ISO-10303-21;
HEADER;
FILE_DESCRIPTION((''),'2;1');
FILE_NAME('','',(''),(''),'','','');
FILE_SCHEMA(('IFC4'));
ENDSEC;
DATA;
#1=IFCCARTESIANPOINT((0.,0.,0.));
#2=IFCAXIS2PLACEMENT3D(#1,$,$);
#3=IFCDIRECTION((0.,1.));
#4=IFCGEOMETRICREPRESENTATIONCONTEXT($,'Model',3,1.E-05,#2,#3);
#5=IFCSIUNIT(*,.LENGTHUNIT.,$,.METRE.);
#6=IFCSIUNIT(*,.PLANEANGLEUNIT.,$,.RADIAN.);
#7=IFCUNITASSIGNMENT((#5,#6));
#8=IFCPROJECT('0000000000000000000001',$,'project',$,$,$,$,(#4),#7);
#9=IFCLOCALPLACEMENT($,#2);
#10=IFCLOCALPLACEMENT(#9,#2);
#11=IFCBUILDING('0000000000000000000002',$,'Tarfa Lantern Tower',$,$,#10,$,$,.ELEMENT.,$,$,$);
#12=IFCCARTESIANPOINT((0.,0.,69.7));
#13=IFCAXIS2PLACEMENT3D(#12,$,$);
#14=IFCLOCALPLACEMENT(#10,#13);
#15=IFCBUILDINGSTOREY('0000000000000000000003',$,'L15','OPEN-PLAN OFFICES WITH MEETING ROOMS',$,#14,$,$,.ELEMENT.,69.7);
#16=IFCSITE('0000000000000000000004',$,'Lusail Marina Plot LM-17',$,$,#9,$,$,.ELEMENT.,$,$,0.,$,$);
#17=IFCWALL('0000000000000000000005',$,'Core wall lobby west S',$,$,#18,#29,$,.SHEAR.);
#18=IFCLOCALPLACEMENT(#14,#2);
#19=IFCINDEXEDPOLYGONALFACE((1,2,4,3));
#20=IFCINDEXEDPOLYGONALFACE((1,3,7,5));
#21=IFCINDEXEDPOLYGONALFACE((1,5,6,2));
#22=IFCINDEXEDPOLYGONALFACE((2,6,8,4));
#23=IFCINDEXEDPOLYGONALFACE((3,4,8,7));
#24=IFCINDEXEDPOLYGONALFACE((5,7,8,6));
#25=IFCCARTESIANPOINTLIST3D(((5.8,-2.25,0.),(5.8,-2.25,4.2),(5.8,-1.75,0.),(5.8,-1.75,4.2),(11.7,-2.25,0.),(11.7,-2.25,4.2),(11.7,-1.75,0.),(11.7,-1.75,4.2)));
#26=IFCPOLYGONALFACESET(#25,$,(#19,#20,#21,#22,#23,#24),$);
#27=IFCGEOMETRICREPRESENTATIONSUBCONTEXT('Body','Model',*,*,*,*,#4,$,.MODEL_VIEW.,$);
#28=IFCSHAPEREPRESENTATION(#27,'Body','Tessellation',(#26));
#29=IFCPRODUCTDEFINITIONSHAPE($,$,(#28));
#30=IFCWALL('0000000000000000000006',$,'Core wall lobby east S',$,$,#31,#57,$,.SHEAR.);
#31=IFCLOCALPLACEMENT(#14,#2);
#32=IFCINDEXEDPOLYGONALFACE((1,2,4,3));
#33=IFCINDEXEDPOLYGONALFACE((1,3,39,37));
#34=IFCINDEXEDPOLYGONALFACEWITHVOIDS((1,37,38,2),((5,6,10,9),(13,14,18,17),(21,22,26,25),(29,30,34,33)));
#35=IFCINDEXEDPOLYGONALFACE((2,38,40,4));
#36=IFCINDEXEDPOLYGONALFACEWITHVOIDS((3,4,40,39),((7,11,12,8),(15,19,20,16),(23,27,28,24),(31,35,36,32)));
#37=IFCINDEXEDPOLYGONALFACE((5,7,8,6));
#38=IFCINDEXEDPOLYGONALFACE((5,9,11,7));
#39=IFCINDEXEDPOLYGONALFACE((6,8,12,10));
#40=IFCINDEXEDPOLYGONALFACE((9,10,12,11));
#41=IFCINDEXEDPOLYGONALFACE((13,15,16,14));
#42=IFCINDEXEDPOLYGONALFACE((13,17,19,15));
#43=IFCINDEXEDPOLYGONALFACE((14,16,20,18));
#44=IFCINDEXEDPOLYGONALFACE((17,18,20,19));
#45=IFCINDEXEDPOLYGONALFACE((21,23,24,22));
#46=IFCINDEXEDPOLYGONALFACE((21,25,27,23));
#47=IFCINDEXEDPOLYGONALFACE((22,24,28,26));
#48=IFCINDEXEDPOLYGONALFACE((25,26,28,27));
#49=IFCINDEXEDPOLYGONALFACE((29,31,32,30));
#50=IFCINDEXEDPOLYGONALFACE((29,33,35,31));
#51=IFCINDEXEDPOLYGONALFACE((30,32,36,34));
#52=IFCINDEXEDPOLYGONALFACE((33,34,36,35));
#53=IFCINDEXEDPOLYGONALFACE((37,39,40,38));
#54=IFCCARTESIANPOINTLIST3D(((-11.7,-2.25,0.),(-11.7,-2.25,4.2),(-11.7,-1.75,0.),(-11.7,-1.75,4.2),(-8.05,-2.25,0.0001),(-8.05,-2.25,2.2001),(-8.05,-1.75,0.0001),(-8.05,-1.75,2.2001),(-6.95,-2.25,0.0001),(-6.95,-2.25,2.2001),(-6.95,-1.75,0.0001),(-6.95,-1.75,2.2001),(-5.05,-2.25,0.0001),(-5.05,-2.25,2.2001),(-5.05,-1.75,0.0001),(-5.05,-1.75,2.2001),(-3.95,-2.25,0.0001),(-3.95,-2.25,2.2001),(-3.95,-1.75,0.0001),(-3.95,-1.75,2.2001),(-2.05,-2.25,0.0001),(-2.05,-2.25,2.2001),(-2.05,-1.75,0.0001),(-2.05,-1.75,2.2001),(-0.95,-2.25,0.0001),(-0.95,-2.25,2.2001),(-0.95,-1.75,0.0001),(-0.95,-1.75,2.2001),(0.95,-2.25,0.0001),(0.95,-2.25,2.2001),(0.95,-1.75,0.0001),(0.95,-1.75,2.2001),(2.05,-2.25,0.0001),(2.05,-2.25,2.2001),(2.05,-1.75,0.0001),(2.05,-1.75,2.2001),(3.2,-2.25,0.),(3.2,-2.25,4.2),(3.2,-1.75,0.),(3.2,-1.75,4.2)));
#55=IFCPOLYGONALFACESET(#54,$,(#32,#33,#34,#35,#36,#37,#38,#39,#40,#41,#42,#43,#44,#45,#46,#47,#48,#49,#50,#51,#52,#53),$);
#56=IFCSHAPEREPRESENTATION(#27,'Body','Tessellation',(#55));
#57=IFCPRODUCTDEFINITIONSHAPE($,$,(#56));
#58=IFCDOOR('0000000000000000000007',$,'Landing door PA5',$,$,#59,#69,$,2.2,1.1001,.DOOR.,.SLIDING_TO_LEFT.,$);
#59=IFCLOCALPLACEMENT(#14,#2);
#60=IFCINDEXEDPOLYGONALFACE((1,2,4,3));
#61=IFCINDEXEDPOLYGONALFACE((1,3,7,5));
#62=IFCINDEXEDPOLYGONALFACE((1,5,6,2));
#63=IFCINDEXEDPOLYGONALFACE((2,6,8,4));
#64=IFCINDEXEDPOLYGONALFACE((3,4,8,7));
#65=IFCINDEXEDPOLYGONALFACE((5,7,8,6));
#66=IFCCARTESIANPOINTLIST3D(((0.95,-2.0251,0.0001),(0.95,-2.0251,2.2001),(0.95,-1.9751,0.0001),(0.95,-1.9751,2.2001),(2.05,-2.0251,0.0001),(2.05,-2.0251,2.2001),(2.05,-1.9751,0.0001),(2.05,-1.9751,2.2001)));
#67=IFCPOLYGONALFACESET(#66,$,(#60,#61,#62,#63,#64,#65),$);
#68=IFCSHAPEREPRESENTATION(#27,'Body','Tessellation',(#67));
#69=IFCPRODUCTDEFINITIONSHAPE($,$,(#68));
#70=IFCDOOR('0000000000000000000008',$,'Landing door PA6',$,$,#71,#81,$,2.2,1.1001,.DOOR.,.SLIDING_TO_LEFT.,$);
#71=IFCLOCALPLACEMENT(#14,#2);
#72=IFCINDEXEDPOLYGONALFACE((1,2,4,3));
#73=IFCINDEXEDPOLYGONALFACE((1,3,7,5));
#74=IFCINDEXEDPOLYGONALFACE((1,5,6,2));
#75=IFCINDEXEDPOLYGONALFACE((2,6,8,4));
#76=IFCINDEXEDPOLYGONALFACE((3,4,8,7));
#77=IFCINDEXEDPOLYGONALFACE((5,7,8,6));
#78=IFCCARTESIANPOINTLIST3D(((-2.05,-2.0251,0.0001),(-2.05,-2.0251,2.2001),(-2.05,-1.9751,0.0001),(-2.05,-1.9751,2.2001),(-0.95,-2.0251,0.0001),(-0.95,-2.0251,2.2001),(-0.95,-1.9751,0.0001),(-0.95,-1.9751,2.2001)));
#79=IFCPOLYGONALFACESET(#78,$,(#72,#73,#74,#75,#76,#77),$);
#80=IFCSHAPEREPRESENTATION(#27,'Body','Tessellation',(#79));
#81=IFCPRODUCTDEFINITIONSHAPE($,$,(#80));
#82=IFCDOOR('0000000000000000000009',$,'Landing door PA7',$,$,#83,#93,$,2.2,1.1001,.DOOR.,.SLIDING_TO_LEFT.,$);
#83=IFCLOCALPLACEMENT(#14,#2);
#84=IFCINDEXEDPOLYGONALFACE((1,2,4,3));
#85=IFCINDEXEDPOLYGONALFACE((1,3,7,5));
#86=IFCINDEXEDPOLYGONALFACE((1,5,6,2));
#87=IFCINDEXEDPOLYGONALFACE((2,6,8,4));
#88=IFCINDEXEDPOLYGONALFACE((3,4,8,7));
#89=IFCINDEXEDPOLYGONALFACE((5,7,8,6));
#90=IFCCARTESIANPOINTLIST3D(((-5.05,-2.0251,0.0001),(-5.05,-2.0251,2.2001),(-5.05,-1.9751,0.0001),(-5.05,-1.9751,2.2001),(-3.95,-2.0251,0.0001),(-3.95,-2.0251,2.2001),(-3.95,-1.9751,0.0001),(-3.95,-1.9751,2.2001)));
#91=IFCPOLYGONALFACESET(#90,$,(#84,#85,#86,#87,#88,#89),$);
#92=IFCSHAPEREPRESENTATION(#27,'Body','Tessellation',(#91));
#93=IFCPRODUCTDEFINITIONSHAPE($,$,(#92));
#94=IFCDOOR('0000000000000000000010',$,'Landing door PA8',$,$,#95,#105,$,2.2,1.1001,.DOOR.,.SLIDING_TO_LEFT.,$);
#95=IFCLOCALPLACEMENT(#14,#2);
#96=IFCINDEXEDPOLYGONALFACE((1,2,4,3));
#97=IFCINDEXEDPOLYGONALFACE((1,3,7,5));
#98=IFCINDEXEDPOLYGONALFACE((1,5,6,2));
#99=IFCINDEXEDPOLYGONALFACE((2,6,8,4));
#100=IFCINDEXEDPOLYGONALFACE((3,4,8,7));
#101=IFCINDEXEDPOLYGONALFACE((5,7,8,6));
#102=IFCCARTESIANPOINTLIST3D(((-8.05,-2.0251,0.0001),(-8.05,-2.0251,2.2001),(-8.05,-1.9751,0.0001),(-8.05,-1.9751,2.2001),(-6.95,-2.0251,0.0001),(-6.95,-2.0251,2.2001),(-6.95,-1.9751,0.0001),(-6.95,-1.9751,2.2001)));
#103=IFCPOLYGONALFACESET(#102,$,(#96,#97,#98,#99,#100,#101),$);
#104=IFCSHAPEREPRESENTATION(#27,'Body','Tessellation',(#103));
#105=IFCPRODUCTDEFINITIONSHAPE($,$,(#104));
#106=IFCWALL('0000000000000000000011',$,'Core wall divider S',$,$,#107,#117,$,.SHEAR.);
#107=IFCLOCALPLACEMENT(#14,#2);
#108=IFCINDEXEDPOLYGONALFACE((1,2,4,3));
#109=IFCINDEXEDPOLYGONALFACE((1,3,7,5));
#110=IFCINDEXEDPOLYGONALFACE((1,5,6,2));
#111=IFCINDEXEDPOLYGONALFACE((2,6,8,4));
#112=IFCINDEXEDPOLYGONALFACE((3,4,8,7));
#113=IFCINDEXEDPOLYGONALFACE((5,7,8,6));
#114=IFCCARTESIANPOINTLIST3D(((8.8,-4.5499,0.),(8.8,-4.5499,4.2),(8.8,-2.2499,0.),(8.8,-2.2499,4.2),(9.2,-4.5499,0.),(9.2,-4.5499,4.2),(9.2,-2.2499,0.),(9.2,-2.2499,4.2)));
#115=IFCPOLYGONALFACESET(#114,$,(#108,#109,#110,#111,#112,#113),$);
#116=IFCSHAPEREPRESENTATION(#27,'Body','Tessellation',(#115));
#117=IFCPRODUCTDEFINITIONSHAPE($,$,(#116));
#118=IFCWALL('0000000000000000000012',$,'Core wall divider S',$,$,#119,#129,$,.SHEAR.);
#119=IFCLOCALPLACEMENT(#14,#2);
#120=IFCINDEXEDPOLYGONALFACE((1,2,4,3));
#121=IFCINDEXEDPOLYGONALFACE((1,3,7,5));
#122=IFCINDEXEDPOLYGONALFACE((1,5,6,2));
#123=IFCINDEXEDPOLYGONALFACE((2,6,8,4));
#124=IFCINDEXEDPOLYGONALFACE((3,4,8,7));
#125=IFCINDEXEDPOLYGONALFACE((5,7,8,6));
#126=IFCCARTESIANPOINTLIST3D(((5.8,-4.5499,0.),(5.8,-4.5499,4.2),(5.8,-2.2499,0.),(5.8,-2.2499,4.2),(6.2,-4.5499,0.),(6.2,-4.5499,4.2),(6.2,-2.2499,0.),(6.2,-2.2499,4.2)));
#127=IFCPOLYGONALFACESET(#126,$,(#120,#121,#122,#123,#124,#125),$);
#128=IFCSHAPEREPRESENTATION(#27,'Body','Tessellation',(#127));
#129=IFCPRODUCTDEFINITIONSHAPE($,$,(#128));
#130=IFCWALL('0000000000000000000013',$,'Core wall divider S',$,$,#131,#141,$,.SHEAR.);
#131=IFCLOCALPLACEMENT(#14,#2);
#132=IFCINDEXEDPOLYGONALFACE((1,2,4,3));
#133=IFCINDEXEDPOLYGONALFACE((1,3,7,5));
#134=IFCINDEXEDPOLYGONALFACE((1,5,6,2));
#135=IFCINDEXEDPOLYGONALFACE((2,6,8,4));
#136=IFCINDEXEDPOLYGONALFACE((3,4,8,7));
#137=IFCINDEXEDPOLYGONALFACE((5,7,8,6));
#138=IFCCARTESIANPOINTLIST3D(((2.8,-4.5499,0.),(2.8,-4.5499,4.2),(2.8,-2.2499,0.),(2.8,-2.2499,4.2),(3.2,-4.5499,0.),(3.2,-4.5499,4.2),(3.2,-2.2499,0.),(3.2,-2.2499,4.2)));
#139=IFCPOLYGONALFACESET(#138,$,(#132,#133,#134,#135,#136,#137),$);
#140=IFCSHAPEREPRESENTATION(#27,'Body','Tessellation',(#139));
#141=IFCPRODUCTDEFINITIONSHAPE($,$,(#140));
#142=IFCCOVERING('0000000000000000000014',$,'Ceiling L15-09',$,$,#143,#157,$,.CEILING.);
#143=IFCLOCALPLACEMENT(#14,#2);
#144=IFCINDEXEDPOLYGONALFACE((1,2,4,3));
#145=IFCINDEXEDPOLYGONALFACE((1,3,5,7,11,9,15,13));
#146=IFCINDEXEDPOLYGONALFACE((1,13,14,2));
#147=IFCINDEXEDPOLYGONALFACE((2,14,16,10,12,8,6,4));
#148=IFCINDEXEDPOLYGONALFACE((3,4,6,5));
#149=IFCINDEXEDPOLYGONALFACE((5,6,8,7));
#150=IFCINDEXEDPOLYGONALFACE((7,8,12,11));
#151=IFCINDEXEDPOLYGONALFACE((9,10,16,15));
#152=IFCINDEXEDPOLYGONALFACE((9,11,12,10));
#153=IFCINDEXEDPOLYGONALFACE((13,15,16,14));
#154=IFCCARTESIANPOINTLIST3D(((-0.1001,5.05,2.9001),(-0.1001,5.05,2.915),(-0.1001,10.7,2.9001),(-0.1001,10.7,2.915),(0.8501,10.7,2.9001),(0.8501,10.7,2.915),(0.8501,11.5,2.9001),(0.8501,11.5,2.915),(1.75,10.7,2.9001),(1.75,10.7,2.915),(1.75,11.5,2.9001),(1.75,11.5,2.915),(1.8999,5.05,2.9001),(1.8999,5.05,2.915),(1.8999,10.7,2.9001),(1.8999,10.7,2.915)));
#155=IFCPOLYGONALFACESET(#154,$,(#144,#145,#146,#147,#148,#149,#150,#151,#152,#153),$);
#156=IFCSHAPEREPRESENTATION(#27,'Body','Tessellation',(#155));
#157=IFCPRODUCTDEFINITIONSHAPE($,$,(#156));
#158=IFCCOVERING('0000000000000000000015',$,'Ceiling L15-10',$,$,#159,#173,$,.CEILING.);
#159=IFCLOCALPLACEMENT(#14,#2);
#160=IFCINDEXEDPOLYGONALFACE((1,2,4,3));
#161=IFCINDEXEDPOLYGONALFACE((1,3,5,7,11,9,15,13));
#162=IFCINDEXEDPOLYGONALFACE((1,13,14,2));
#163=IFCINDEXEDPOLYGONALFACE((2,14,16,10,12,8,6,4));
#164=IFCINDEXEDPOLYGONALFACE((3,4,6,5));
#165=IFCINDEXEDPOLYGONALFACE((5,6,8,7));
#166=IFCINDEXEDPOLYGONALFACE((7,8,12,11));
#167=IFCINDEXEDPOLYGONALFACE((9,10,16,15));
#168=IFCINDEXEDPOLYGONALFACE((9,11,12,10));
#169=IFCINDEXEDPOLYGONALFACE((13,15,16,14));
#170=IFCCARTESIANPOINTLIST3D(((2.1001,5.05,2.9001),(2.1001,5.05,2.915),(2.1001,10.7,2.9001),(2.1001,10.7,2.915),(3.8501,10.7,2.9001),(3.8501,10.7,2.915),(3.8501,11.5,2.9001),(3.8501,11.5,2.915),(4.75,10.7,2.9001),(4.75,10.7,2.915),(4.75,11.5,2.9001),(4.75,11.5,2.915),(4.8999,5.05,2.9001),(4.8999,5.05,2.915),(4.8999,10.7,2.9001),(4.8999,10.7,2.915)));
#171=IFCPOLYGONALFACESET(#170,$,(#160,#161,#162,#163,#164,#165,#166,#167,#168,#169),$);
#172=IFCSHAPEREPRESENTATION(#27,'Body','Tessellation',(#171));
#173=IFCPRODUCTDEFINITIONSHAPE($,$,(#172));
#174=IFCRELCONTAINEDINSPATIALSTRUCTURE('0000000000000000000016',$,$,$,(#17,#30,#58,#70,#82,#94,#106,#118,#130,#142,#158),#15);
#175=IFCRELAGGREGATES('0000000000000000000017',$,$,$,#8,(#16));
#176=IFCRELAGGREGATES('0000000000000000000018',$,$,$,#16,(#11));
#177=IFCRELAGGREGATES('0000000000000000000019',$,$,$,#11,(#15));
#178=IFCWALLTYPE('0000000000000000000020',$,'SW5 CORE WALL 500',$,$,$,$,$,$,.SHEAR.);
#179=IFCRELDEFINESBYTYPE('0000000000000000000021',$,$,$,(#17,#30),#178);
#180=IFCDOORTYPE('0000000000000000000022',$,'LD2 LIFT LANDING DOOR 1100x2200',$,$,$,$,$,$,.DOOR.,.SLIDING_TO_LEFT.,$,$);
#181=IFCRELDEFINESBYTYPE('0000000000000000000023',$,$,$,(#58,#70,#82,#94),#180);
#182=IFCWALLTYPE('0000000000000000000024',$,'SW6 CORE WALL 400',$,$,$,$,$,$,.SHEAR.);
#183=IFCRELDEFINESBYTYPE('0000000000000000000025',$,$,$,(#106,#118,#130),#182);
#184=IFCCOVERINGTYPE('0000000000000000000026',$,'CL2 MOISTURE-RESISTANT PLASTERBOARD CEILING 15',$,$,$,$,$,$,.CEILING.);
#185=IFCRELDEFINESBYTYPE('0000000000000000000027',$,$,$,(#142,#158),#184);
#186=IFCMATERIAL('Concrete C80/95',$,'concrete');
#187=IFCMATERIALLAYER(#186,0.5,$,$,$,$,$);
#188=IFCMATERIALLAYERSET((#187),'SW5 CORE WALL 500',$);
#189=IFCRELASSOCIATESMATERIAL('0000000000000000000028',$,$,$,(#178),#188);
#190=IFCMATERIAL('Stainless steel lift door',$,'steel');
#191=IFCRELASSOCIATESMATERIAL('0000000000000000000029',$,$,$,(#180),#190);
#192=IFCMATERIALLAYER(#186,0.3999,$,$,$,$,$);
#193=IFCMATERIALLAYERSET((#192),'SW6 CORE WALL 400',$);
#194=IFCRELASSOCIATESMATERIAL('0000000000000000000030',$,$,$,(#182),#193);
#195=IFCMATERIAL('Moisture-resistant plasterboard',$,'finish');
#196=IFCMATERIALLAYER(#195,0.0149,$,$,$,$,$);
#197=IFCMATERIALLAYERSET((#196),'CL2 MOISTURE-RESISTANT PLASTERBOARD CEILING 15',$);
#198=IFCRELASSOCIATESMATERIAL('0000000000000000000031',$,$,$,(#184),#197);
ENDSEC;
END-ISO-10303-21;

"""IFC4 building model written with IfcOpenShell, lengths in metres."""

from ifc_helpers import new_model, si_unit, direction, frame, frame_2d, origin, place, context, subcontext, project, spatial, polyline, rectangle, outline, extrude, material, layer, layer_set, type_object, element, fill, save


model = new_model("IFC4")

# Units and contexts
model_context = context("Model", 3, precision=1e-05, world=origin(), true_north=direction((0.0, 1.0)))
body_context = subcontext(model_context, "Body", "Model", "MODEL_VIEW")
ifc_project = project(units=[si_unit("LENGTHUNIT", "METRE"), si_unit("PLANEANGLEUNIT", "RADIAN")], contexts=[model_context])

# Site, building, storey
site_placement = place(None, origin())
site = spatial("IfcSite", under=ifc_project, at=site_placement, Name="Lusail Marina Plot LM-17", CompositionType="ELEMENT", RefElevation=0.0)
building_placement = place(site_placement, origin())
building = spatial("IfcBuilding", under=site, at=building_placement, Name="Tarfa Lantern Tower", CompositionType="ELEMENT")
storey_placement = place(building_placement, frame((0.0, 0.0, 69.7)))
storey = spatial("IfcBuildingStorey", under=building, at=storey_placement, Name="L15", Description="OPEN-PLAN OFFICES WITH MEETING ROOMS", CompositionType="ELEMENT", Elevation=69.7)

# Wall
ifc_material_1 = material(Name="Concrete C80/95", Category="concrete")
ifc_layer_1 = layer(ifc_material_1, 0.5)
ifc_layer_set_1 = layer_set([ifc_layer_1], Name="SW5 CORE WALL 500")
wall_type_1 = type_object("IfcWallType", Name="SW5 CORE WALL 500", PredefinedType="SHEAR", material=ifc_layer_set_1)
wall_1_placement = place(storey_placement, frame((11.7, -2.0, 0.0), z_axis=(0.0, 0.0, 1.0), x_axis=(-1.0, 0.0, 0.0)))
element("IfcWall", 1, at=wall_1_placement, inside=storey, type_object=wall_type_1, Name="Core wall lobby west S", PredefinedType="SHEAR", context=body_context, shape_type="SweptSolid", body=[
    extrude(rectangle(XDim=5.8999, YDim=0.5, at=frame_2d((2.95, 0.0))), origin(), (0.0, 0.0, 1.0), 4.2),
])

# Wall, openings, doors
wall_2_placement = place(storey_placement, frame((3.2, -2.0, 0.0), z_axis=(0.0, 0.0, 1.0), x_axis=(-1.0, 0.0, 0.0)))
wall_2 = element("IfcWall", 2, at=wall_2_placement, inside=storey, type_object=wall_type_1, Name="Core wall lobby east S", PredefinedType="SHEAR", context=body_context, shape_type="SweptSolid", body=[
    extrude(rectangle(XDim=14.8999, YDim=0.5, at=frame_2d((7.45, 0.0))), origin(), (0.0, 0.0, 1.0), 4.2),
])
opening_1_placement = place(wall_2_placement, frame((1.1499, 0.0, 0.0)))
opening_1 = element("IfcOpeningElement", 3, at=opening_1_placement, cuts=wall_2, PredefinedType="OPENING", context=body_context, shape_type="SweptSolid", body=[
    extrude(rectangle(XDim=1.1001, YDim=2.2, at=frame_2d((0.55, 1.1001))), frame((0.0, 0.26, 0.0), z_axis=(0.0, -1.0, 0.0), x_axis=(1.0, 0.0, 0.0)), (0.0, 0.0, 1.0), 0.52),
])
opening_2_placement = place(wall_2_placement, frame((4.1499, 0.0, 0.0)))
opening_2 = element("IfcOpeningElement", 4, at=opening_2_placement, cuts=wall_2, PredefinedType="OPENING", context=body_context, shape_type="SweptSolid", body=[
    extrude(rectangle(XDim=1.1001, YDim=2.2, at=frame_2d((0.55, 1.1001))), frame((0.0, 0.26, 0.0), z_axis=(0.0, -1.0, 0.0), x_axis=(1.0, 0.0, 0.0)), (0.0, 0.0, 1.0), 0.52),
])
opening_3_placement = place(wall_2_placement, frame((7.1499, 0.0, 0.0)))
opening_3 = element("IfcOpeningElement", 5, at=opening_3_placement, cuts=wall_2, PredefinedType="OPENING", context=body_context, shape_type="SweptSolid", body=[
    extrude(rectangle(XDim=1.1001, YDim=2.2, at=frame_2d((0.55, 1.1001))), frame((0.0, 0.26, 0.0), z_axis=(0.0, -1.0, 0.0), x_axis=(1.0, 0.0, 0.0)), (0.0, 0.0, 1.0), 0.52),
])
opening_4_placement = place(wall_2_placement, frame((10.1499, 0.0, 0.0)))
opening_4 = element("IfcOpeningElement", 6, at=opening_4_placement, cuts=wall_2, PredefinedType="OPENING", context=body_context, shape_type="SweptSolid", body=[
    extrude(rectangle(XDim=1.1001, YDim=2.2, at=frame_2d((0.55, 1.1001))), frame((0.0, 0.26, 0.0), z_axis=(0.0, -1.0, 0.0), x_axis=(1.0, 0.0, 0.0)), (0.0, 0.0, 1.0), 0.52),
])
ifc_material_2 = material(Name="Stainless steel lift door", Category="steel")
door_type = type_object("IfcDoorType", Name="LD2 LIFT LANDING DOOR 1100x2200", OperationType="SLIDING_TO_LEFT", PredefinedType="DOOR", material=ifc_material_2)
door_1_placement = place(opening_1_placement, frame((1.1001, 0.0, 0.0), z_axis=(0.0, 0.0, 1.0), x_axis=(-1.0, 0.0, 0.0)))
door_1 = element("IfcDoor", 7, at=door_1_placement, inside=storey, type_object=door_type, Name="Landing door PA5", OperationType="SLIDING_TO_LEFT", OverallHeight=2.2, OverallWidth=1.1001, PredefinedType="DOOR", context=body_context, shape_type="SweptSolid", body=[
    extrude(rectangle(XDim=1.1001, YDim=2.2, at=frame_2d((0.55, 1.1001))), frame((0.0, 0.0249, 0.0), z_axis=(0.0, -1.0, 0.0), x_axis=(1.0, 0.0, 0.0)), (0.0, 0.0, 1.0), 0.05),
])
fill(opening_1, door_1)
door_2_placement = place(opening_2_placement, frame((1.1001, 0.0, 0.0), z_axis=(0.0, 0.0, 1.0), x_axis=(-1.0, 0.0, 0.0)))
door_2 = element("IfcDoor", 8, at=door_2_placement, inside=storey, type_object=door_type, Name="Landing door PA6", OperationType="SLIDING_TO_LEFT", OverallHeight=2.2, OverallWidth=1.1001, PredefinedType="DOOR", context=body_context, shape_type="SweptSolid", body=[
    extrude(rectangle(XDim=1.1001, YDim=2.2, at=frame_2d((0.55, 1.1001))), frame((0.0, 0.0249, 0.0), z_axis=(0.0, -1.0, 0.0), x_axis=(1.0, 0.0, 0.0)), (0.0, 0.0, 1.0), 0.05),
])
fill(opening_2, door_2)
door_3_placement = place(opening_3_placement, frame((1.1001, 0.0, 0.0), z_axis=(0.0, 0.0, 1.0), x_axis=(-1.0, 0.0, 0.0)))
door_3 = element("IfcDoor", 9, at=door_3_placement, inside=storey, type_object=door_type, Name="Landing door PA7", OperationType="SLIDING_TO_LEFT", OverallHeight=2.2, OverallWidth=1.1001, PredefinedType="DOOR", context=body_context, shape_type="SweptSolid", body=[
    extrude(rectangle(XDim=1.1001, YDim=2.2, at=frame_2d((0.55, 1.1001))), frame((0.0, 0.0249, 0.0), z_axis=(0.0, -1.0, 0.0), x_axis=(1.0, 0.0, 0.0)), (0.0, 0.0, 1.0), 0.05),
])
fill(opening_3, door_3)
door_4_placement = place(opening_4_placement, frame((1.1001, 0.0, 0.0), z_axis=(0.0, 0.0, 1.0), x_axis=(-1.0, 0.0, 0.0)))
door_4 = element("IfcDoor", 10, at=door_4_placement, inside=storey, type_object=door_type, Name="Landing door PA8", OperationType="SLIDING_TO_LEFT", OverallHeight=2.2, OverallWidth=1.1001, PredefinedType="DOOR", context=body_context, shape_type="SweptSolid", body=[
    extrude(rectangle(XDim=1.1001, YDim=2.2, at=frame_2d((0.55, 1.1001))), frame((0.0, 0.0249, 0.0), z_axis=(0.0, -1.0, 0.0), x_axis=(1.0, 0.0, 0.0)), (0.0, 0.0, 1.0), 0.05),
])
fill(opening_4, door_4)

# Walls
ifc_layer_2 = layer(ifc_material_1, 0.3999)
ifc_layer_set_2 = layer_set([ifc_layer_2], Name="SW6 CORE WALL 400")
wall_type_2 = type_object("IfcWallType", Name="SW6 CORE WALL 400", PredefinedType="SHEAR", material=ifc_layer_set_2)
for number, where, z_axis, x_axis, name in (
    (11, (9.0, -2.25, 0.0), (0.0, 0.0, 1.0), (0.0, -1.0, 0.0), "Core wall divider S"),
    (12, (6.0, -2.25, 0.0), (0.0, 0.0, 1.0), (0.0, -1.0, 0.0), "Core wall divider S"),
    (13, (3.0, -2.25, 0.0), (0.0, 0.0, 1.0), (0.0, -1.0, 0.0), "Core wall divider S"),
):
    element("IfcWall", number, at=place(storey_placement, frame(where, z_axis=z_axis, x_axis=x_axis)), inside=storey, type_object=wall_type_2, Name=name, PredefinedType="SHEAR", context=body_context, shape_type="SweptSolid", body=[
        extrude(rectangle(XDim=2.3, YDim=0.3999, at=frame_2d((1.1499, 0.0))), origin(), (0.0, 0.0, 1.0), 4.2),
    ])

# Coverings
ifc_material_3 = material(Name="Moisture-resistant plasterboard", Category="finish")
ifc_layer_3 = layer(ifc_material_3, 0.0149)
ifc_layer_set_3 = layer_set([ifc_layer_3], Name="CL2 MOISTURE-RESISTANT PLASTERBOARD CEILING 15")
covering_type_1 = type_object("IfcCoveringType", Name="CL2 MOISTURE-RESISTANT PLASTERBOARD CEILING 15", PredefinedType="CEILING", material=ifc_layer_set_3)
covering_1_placement = place(storey_placement, frame((0.0, 0.0, 2.9001)))
element("IfcCovering", 14, at=covering_1_placement, inside=storey, type_object=covering_type_1, Name="Ceiling L15-09", PredefinedType="CEILING", context=body_context, shape_type="SweptSolid", body=[
    extrude(outline(polyline([(0.8501, 10.7), (-0.1001, 10.7), (-0.1001, 5.05), (1.8999, 5.05), (1.8999, 10.7), (1.75, 10.7), (1.75, 11.5), (1.75, 11.5), (0.8501, 11.5), (0.8501, 10.7)])), origin(), (0.0, 0.0, 1.0), 0.0149),
])
covering_2_placement = place(storey_placement, frame((0.0, 0.0, 2.9001)))
element("IfcCovering", 15, at=covering_2_placement, inside=storey, type_object=covering_type_1, Name="Ceiling L15-10", PredefinedType="CEILING", context=body_context, shape_type="SweptSolid", body=[
    extrude(outline(polyline([(2.1001, 5.05), (4.8999, 5.05), (4.8999, 10.7), (4.75, 10.7), (4.75, 11.5), (3.8501, 11.5), (3.8501, 10.7), (2.1001, 10.7), (2.1001, 5.05)])), origin(), (0.0, 0.0, 1.0), 0.0149),
])

save(model, "model.ifc")
